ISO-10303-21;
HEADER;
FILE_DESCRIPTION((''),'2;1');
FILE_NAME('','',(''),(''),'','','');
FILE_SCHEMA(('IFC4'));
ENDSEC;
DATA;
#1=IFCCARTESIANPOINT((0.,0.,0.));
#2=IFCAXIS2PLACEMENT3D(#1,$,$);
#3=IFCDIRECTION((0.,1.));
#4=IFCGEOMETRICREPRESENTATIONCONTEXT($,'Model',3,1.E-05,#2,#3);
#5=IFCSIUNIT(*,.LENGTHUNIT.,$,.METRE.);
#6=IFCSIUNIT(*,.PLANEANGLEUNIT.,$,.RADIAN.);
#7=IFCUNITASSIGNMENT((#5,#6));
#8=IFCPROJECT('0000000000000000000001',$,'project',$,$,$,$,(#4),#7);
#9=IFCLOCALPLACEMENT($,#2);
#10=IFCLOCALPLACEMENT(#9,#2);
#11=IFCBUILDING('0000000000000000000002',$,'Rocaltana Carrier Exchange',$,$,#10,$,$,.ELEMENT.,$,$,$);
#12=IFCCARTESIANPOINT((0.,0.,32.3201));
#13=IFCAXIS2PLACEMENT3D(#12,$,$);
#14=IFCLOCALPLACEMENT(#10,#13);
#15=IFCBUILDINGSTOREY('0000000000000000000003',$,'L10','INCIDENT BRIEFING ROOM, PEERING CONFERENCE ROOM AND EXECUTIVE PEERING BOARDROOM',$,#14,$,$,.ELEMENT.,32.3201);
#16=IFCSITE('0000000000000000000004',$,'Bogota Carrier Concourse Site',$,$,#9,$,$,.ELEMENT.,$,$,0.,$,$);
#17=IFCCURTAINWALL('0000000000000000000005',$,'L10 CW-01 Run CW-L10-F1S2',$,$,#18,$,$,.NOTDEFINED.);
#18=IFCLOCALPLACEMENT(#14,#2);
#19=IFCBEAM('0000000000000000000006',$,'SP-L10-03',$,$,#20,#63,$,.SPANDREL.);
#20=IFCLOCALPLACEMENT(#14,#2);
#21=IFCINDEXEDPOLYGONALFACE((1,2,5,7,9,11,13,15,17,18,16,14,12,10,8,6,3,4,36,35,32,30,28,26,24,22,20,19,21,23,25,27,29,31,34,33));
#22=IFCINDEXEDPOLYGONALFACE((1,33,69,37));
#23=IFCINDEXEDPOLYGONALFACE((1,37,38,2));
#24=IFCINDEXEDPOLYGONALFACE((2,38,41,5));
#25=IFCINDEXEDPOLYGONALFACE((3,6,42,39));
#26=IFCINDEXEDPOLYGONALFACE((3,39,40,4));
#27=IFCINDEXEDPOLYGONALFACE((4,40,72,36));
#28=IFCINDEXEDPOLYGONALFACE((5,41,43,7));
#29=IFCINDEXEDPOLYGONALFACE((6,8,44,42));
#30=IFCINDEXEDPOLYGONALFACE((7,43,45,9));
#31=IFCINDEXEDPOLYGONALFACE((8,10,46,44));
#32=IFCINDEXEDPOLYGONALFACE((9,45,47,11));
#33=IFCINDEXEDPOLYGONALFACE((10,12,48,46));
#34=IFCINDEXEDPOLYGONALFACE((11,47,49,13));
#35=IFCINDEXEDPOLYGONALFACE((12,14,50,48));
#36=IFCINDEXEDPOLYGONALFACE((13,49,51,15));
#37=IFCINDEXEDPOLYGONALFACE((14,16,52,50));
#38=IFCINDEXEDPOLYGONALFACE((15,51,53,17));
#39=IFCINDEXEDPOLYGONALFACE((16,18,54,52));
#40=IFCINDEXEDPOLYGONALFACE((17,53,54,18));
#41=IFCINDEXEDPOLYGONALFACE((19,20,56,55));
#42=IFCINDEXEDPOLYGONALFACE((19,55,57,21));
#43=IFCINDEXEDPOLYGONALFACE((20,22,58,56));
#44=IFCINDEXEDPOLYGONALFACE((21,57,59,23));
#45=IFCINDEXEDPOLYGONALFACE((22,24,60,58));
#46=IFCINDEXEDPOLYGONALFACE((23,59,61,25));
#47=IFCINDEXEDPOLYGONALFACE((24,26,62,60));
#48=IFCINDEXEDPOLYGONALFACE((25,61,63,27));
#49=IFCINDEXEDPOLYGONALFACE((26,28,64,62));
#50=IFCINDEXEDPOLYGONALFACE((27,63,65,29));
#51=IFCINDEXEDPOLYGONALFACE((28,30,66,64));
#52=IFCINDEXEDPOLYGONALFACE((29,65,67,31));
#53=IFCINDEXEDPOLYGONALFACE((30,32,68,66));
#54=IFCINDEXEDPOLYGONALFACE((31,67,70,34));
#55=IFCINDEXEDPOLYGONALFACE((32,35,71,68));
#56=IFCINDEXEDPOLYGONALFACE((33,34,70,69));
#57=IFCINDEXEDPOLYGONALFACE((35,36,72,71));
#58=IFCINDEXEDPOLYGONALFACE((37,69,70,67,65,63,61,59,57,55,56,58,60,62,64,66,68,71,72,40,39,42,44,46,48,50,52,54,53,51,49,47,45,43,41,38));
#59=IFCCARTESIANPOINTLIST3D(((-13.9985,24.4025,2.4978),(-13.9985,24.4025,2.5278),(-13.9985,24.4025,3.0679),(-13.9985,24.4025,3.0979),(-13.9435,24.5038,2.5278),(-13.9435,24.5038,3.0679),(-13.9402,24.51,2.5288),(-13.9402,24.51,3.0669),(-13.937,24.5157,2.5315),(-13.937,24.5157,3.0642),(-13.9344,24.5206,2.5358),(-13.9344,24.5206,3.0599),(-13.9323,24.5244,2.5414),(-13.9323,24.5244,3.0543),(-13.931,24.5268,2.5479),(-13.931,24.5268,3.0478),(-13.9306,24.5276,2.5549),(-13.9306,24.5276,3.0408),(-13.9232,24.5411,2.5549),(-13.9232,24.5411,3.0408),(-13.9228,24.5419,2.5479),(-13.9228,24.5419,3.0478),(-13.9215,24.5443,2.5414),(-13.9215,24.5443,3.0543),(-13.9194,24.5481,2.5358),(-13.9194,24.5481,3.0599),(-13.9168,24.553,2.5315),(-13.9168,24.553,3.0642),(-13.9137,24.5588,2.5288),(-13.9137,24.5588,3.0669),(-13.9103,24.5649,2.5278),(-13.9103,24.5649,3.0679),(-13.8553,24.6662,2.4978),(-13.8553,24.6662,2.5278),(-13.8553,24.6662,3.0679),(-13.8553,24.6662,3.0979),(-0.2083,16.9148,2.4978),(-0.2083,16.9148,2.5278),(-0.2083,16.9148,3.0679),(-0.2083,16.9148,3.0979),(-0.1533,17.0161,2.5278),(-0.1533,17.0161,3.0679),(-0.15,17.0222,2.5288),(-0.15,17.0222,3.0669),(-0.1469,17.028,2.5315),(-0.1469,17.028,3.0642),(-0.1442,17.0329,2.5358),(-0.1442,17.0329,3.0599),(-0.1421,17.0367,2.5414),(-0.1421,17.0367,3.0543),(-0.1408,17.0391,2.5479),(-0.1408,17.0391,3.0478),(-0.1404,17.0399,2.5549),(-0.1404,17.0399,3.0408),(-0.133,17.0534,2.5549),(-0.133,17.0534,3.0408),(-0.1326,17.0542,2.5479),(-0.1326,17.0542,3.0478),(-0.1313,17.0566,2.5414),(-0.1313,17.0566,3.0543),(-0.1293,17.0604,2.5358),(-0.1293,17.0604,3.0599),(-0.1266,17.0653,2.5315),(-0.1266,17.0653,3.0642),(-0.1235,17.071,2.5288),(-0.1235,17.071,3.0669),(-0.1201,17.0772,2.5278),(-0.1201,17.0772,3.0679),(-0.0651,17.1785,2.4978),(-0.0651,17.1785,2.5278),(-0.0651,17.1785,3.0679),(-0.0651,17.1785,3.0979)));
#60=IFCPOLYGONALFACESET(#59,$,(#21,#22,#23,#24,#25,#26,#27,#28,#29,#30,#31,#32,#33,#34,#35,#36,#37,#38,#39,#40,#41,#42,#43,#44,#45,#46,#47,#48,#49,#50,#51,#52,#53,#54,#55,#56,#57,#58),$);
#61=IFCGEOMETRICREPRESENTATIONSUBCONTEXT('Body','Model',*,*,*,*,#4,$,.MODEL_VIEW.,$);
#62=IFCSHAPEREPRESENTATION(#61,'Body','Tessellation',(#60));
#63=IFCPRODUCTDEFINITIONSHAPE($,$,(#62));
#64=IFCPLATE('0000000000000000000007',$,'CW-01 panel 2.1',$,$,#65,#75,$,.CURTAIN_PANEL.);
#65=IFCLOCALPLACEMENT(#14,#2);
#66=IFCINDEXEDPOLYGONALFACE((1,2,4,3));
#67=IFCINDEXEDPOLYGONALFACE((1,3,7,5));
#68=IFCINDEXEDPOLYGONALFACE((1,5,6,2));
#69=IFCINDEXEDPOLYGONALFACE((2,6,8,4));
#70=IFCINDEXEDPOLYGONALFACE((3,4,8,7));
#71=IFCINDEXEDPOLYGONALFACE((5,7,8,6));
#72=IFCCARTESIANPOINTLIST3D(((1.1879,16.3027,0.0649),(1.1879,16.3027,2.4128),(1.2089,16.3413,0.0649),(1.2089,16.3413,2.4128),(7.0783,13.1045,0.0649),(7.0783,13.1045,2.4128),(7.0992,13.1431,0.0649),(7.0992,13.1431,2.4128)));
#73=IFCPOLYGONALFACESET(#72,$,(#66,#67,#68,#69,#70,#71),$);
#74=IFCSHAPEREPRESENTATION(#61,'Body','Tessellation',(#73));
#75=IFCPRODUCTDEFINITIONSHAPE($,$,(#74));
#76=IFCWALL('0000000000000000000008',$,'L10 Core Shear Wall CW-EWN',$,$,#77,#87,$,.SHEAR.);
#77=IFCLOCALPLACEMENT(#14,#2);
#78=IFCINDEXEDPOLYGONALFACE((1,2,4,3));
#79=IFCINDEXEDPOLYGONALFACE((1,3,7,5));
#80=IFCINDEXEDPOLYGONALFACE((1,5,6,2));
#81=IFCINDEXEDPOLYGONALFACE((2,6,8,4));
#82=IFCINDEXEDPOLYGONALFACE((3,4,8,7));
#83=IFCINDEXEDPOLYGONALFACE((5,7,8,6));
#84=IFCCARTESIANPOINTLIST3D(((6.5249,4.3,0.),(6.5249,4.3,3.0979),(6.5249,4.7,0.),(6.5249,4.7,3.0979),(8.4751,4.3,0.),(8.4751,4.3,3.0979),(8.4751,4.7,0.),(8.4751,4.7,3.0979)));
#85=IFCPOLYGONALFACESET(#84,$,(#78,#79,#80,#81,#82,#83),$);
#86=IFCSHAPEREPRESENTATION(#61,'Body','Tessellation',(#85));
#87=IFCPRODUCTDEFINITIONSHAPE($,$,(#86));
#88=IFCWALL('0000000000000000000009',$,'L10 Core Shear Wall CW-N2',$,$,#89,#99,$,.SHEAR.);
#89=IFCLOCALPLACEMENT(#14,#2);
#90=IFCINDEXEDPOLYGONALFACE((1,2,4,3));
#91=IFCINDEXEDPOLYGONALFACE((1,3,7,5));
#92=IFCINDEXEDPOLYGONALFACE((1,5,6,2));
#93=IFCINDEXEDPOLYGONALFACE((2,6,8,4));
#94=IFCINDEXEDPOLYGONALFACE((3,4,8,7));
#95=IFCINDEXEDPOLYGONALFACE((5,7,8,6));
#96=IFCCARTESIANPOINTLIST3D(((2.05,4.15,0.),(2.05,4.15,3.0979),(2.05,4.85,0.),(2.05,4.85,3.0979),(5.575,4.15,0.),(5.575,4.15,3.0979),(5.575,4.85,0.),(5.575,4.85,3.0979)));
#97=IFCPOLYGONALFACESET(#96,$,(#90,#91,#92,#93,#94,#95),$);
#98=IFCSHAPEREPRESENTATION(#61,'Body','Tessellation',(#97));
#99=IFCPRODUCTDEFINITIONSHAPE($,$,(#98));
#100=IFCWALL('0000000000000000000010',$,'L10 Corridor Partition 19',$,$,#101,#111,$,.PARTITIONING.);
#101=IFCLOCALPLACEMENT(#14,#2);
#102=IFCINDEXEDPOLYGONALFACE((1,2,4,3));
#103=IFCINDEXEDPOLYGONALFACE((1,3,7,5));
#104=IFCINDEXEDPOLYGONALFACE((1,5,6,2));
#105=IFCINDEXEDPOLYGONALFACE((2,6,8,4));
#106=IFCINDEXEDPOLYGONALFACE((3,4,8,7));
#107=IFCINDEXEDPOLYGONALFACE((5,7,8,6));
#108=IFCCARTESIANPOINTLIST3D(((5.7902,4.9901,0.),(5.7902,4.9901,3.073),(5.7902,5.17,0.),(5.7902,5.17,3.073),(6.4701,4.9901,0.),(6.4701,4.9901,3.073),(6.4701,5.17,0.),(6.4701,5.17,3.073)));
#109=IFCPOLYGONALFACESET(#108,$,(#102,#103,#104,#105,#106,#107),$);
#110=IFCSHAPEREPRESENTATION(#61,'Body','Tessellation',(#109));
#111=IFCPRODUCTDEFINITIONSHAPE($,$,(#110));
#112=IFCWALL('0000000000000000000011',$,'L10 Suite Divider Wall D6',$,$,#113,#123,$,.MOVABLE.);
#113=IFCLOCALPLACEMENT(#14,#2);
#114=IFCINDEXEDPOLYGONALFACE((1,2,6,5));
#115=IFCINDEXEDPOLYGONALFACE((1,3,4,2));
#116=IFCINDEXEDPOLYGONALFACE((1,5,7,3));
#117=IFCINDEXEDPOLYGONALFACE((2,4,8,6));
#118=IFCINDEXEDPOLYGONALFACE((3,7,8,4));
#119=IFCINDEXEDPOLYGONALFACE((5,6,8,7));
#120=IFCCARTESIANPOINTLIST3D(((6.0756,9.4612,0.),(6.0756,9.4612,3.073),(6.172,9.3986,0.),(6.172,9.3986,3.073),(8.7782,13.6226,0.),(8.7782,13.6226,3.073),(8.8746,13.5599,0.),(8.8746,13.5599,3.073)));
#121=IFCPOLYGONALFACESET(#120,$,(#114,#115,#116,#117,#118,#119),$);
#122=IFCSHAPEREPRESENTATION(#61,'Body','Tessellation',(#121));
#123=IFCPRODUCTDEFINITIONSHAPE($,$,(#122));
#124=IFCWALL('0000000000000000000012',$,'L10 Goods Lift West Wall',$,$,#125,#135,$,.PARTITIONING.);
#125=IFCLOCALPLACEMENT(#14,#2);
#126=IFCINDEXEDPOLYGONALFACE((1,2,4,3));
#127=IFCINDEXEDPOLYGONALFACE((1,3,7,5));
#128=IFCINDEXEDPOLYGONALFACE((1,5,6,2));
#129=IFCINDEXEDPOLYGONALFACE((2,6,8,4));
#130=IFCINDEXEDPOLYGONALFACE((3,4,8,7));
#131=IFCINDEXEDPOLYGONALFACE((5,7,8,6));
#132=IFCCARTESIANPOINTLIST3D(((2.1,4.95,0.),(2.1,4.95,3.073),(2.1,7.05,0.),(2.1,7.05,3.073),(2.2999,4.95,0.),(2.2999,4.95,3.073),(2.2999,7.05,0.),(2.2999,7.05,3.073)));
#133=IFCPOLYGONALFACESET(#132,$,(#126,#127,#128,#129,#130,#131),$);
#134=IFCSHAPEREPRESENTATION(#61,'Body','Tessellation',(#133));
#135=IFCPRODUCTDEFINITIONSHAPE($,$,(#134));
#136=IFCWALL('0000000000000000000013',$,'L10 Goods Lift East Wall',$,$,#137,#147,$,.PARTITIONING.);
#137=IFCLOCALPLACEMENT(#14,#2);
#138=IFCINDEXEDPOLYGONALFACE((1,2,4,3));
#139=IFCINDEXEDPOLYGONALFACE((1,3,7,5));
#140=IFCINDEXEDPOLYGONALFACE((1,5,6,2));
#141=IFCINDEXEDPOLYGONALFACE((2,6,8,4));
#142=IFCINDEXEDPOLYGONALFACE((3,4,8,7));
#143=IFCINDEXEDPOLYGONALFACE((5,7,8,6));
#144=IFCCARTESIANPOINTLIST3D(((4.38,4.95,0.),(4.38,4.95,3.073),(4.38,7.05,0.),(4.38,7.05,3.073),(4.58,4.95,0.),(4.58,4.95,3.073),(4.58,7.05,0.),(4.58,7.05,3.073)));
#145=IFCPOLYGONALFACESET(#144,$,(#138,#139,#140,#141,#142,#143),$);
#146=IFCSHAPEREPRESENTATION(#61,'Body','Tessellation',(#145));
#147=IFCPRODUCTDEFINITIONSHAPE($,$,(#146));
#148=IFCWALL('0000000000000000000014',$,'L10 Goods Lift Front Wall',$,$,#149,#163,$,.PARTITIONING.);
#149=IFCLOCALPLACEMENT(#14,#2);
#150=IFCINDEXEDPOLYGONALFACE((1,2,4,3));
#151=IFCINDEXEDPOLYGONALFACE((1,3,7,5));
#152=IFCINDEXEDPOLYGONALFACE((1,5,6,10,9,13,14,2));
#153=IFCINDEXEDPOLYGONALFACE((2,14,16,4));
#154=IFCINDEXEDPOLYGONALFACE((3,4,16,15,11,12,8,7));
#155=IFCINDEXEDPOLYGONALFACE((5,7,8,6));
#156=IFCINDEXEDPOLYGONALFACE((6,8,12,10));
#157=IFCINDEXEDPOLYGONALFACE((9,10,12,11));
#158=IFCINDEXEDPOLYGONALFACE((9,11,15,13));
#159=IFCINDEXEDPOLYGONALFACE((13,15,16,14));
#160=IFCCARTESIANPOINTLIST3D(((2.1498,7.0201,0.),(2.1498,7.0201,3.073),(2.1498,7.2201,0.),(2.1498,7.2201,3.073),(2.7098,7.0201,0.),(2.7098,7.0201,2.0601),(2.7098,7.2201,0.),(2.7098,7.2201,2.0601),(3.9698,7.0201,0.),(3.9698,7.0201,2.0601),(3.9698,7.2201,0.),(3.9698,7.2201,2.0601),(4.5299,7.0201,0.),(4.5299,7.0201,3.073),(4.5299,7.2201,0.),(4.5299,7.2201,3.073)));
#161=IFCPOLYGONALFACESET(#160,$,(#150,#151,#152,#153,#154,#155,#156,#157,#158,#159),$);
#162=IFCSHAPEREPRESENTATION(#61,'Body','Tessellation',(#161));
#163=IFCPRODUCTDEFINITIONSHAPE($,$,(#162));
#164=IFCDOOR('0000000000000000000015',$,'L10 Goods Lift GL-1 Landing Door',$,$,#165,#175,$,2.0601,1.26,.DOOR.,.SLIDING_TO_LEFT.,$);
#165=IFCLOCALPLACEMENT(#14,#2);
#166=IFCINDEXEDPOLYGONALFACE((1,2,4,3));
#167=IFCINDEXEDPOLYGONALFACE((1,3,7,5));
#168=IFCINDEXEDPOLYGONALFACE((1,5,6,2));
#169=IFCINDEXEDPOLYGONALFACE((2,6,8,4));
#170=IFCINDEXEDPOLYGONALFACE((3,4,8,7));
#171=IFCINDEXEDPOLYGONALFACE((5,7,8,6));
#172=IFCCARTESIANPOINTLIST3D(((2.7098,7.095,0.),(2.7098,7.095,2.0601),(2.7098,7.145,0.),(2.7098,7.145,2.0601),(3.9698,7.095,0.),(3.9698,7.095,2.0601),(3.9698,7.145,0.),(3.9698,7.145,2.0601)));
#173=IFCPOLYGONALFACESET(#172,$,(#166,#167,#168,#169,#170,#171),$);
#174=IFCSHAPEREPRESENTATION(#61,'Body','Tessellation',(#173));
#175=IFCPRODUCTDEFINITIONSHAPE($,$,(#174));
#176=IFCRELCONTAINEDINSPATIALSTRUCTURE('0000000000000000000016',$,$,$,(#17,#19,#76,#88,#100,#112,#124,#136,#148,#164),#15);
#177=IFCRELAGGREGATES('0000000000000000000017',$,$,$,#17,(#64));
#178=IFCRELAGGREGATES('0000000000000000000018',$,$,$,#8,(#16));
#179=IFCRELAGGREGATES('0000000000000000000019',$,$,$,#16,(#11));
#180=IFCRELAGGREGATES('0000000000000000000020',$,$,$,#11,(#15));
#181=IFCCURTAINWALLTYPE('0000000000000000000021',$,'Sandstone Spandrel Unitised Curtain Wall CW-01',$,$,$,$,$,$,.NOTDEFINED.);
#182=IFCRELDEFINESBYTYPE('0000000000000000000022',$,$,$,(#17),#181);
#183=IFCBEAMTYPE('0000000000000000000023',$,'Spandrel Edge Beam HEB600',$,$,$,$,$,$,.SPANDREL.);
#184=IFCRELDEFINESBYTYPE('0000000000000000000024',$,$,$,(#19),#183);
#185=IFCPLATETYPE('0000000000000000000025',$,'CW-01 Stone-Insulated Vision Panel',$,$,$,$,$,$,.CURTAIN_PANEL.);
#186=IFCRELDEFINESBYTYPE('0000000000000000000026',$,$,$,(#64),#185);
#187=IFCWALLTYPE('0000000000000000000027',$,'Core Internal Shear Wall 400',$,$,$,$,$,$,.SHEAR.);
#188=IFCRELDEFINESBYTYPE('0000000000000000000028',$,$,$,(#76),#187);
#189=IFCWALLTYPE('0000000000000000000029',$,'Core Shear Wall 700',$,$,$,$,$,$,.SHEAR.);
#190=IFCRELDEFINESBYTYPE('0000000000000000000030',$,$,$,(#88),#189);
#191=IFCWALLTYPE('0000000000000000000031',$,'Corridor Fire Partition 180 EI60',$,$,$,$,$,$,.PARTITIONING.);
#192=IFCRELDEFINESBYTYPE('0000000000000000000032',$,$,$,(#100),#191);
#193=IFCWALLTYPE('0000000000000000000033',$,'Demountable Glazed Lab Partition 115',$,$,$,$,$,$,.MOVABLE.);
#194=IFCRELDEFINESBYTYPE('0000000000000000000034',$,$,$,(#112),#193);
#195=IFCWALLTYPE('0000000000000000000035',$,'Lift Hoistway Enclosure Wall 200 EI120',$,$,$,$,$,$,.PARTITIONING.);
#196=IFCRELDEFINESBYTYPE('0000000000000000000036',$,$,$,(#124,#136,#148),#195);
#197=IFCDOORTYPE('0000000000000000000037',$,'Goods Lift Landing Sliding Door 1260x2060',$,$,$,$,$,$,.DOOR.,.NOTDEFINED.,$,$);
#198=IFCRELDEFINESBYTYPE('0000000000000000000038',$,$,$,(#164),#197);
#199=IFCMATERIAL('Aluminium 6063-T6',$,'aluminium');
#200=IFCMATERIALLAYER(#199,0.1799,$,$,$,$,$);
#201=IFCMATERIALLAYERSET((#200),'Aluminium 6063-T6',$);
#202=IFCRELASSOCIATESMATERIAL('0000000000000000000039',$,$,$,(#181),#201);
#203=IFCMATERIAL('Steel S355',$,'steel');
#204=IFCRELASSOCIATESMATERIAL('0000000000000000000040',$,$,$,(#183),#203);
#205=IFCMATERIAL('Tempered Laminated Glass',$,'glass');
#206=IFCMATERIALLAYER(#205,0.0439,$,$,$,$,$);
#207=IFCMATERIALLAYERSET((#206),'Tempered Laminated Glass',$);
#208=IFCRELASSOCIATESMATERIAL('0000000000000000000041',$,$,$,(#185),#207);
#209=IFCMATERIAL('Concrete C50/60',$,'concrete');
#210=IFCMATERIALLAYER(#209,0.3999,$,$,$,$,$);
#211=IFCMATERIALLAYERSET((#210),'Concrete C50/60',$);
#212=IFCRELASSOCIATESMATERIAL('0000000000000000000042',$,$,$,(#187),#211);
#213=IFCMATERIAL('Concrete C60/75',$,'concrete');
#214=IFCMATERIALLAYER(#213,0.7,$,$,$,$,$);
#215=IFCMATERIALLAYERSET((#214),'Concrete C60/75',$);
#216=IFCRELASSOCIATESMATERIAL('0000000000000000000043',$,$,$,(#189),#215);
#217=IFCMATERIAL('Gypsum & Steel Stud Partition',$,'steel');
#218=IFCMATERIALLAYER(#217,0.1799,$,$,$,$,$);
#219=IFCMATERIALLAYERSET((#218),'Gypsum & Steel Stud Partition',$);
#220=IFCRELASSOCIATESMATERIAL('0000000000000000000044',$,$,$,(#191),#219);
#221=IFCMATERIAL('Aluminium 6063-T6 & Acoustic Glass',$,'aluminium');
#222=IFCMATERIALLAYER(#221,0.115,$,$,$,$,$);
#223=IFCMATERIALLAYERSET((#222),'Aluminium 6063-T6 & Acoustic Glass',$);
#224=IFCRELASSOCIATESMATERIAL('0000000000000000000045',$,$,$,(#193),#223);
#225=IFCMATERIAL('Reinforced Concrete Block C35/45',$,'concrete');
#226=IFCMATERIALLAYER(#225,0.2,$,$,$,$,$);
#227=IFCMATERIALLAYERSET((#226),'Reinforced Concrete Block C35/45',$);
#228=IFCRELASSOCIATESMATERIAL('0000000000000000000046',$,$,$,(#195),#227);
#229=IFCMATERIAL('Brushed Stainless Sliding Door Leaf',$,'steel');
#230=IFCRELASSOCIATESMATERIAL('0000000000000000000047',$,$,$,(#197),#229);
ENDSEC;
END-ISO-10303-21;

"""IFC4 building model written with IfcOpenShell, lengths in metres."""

from ifc_helpers import new_model, si_unit, direction, frame, frame_2d, origin, origin_2d, place, context, subcontext, project, spatial, rectangle, i_section, extrude, material, layer, layer_set, material_profile, profile_set, type_object, element, fill, aggregate, save


model = new_model("IFC4")

# Units and contexts
model_context = context("Model", 3, precision=1e-05, world=origin(), true_north=direction((0.0, 1.0)))
body_context = subcontext(model_context, "Body", "Model", "MODEL_VIEW")
ifc_project = project(units=[si_unit("LENGTHUNIT", "METRE"), si_unit("PLANEANGLEUNIT", "RADIAN")], contexts=[model_context])

# Site, building, storey
site_placement = place(None, origin())
site = spatial("IfcSite", under=ifc_project, at=site_placement, Name="Bogota Carrier Concourse Site", CompositionType="ELEMENT", RefElevation=0.0)
building_placement = place(site_placement, origin())
building = spatial("IfcBuilding", under=site, at=building_placement, Name="Rocaltana Carrier Exchange", CompositionType="ELEMENT")
storey_placement = place(building_placement, frame((0.0, 0.0, 32.3201)))
storey = spatial("IfcBuildingStorey", under=building, at=storey_placement, Name="L10", Description="INCIDENT BRIEFING ROOM, PEERING CONFERENCE ROOM AND EXECUTIVE PEERING BOARDROOM", CompositionType="ELEMENT", Elevation=32.3201)

# Curtain wall
ifc_material_1 = material(Name="Aluminium 6063-T6", Category="aluminium")
ifc_layer_1 = layer(ifc_material_1, 0.1799)
ifc_layer_set_1 = layer_set([ifc_layer_1], Name="Aluminium 6063-T6")
curtain_wall_type = type_object("IfcCurtainWallType", Name="Sandstone Spandrel Unitised Curtain Wall CW-01", PredefinedType="NOTDEFINED", material=ifc_layer_set_1)
curtain_wall_1_placement = place(storey_placement, origin())
curtain_wall_1 = element("IfcCurtainWall", 1, at=curtain_wall_1_placement, inside=storey, type_object=curtain_wall_type, Name="L10 CW-01 Run CW-L10-F1S2", PredefinedType="NOTDEFINED")

# Beam
ifc_material_2 = material(Name="Steel S355", Category="steel")
ifc_material_profile_1 = material_profile(ifc_material_2, i_section(OverallWidth=0.3, OverallDepth=0.6001, WebThickness=0.0154, FlangeThickness=0.03, FilletRadius=0.0271, at=origin_2d()), Name="HEB600")
ifc_profile_set_1 = profile_set([ifc_material_profile_1], Name="Steel S355")
beam_type_1 = type_object("IfcBeamType", Name="Spandrel Edge Beam HEB600", PredefinedType="SPANDREL", material=ifc_profile_set_1)
beam_1_placement = place(storey_placement, frame((-0.1367, 17.0466, 2.7979), z_axis=(-0.87881, 0.477173, 0.0), x_axis=(-0.477173, -0.87881, 0.0)))
element("IfcBeam", 2, at=beam_1_placement, inside=storey, type_object=beam_type_1, Name="SP-L10-03", PredefinedType="SPANDREL", context=body_context, shape_type="SweptSolid", body=[
    extrude(i_section(OverallWidth=0.3, OverallDepth=0.6001, WebThickness=0.0154, FlangeThickness=0.03, FilletRadius=0.0271, at=origin_2d()), origin(), (0.0, 0.0, 1.0), 15.6919),
])

# Plate
ifc_material_3 = material(Name="Tempered Laminated Glass", Category="glass")
ifc_layer_2 = layer(ifc_material_3, 0.0439)
ifc_layer_set_2 = layer_set([ifc_layer_2], Name="Tempered Laminated Glass")
plate_type = type_object("IfcPlateType", Name="CW-01 Stone-Insulated Vision Panel", PredefinedType="CURTAIN_PANEL", material=ifc_layer_set_2)
plate_placement = place(storey_placement, frame((4.1436, 14.7229, 0.0649), z_axis=(0.0, 0.0, 1.0), x_axis=(-0.878814, 0.477164, 0.0)))
plate = element("IfcPlate", 3, at=plate_placement, type_object=plate_type, Name="CW-01 panel 2.1", PredefinedType="CURTAIN_PANEL", context=body_context, shape_type="SweptSolid", body=[
    extrude(rectangle(XDim=6.7026, YDim=0.0439, at=origin_2d()), origin(), (0.0, 0.0, 1.0), 2.3479),
])
aggregate(curtain_wall_1, [plate])

# Walls
ifc_material_4 = material(Name="Concrete C50/60", Category="concrete")
ifc_layer_3 = layer(ifc_material_4, 0.3999)
ifc_layer_set_3 = layer_set([ifc_layer_3], Name="Concrete C50/60")
wall_type_1 = type_object("IfcWallType", Name="Core Internal Shear Wall 400", PredefinedType="SHEAR", material=ifc_layer_set_3)
wall_1_placement = place(storey_placement, frame((6.5249, 4.5, 0.0), z_axis=(0.0, 0.0, 1.0), x_axis=(1.0, 0.0, 0.0)))
element("IfcWall", 4, at=wall_1_placement, inside=storey, type_object=wall_type_1, Name="L10 Core Shear Wall CW-EWN", PredefinedType="SHEAR", context=body_context, shape_type="SweptSolid", body=[
    extrude(rectangle(XDim=1.9502, YDim=0.3999, at=frame_2d((0.9751, 0.0))), origin(), (0.0, 0.0, 1.0), 3.0979),
])
ifc_material_5 = material(Name="Concrete C60/75", Category="concrete")
ifc_layer_4 = layer(ifc_material_5, 0.7)
ifc_layer_set_4 = layer_set([ifc_layer_4], Name="Concrete C60/75")
wall_type_2 = type_object("IfcWallType", Name="Core Shear Wall 700", PredefinedType="SHEAR", material=ifc_layer_set_4)
wall_2_placement = place(storey_placement, frame((2.05, 4.5, 0.0), z_axis=(0.0, 0.0, 1.0), x_axis=(1.0, 0.0, 0.0)))
element("IfcWall", 5, at=wall_2_placement, inside=storey, type_object=wall_type_2, Name="L10 Core Shear Wall CW-N2", PredefinedType="SHEAR", context=body_context, shape_type="SweptSolid", body=[
    extrude(rectangle(XDim=3.5249, YDim=0.7, at=frame_2d((1.7625, 0.0))), origin(), (0.0, 0.0, 1.0), 3.0979),
])
ifc_material_6 = material(Name="Gypsum & Steel Stud Partition", Category="steel")
ifc_layer_5 = layer(ifc_material_6, 0.1799)
ifc_layer_set_5 = layer_set([ifc_layer_5], Name="Gypsum & Steel Stud Partition")
wall_type_3 = type_object("IfcWallType", Name="Corridor Fire Partition 180 EI60", PredefinedType="PARTITIONING", material=ifc_layer_set_5)
wall_3_placement = place(storey_placement, frame((6.47, 5.0801, 0.0), z_axis=(0.0, 0.0, 1.0), x_axis=(-1.0, 0.0, 0.0)))
element("IfcWall", 6, at=wall_3_placement, inside=storey, type_object=wall_type_3, Name="L10 Corridor Partition 19", PredefinedType="PARTITIONING", context=body_context, shape_type="SweptSolid", body=[
    extrude(rectangle(XDim=0.6799, YDim=0.1799, at=frame_2d((0.3398, 0.0))), origin(), (0.0, 0.0, 1.0), 3.073),
])
ifc_material_7 = material(Name="Aluminium 6063-T6 & Acoustic Glass", Category="aluminium")
ifc_layer_6 = layer(ifc_material_7, 0.115)
ifc_layer_set_6 = layer_set([ifc_layer_6], Name="Aluminium 6063-T6 & Acoustic Glass")
wall_type_4 = type_object("IfcWallType", Name="Demountable Glazed Lab Partition 115", PredefinedType="MOVABLE", material=ifc_layer_set_6)
wall_4_placement = place(storey_placement, frame((6.1238, 9.4299, 0.0), z_axis=(0.0, 0.0, 1.0), x_axis=(0.544668, 0.838652, 0.0)))
element("IfcWall", 7, at=wall_4_placement, inside=storey, type_object=wall_type_4, Name="L10 Suite Divider Wall D6", PredefinedType="MOVABLE", context=body_context, shape_type="SweptSolid", body=[
    extrude(rectangle(XDim=4.9619, YDim=0.115, at=frame_2d((2.481, 0.0))), origin(), (0.0, 0.0, 1.0), 3.073),
])
ifc_material_8 = material(Name="Reinforced Concrete Block C35/45", Category="concrete")
ifc_layer_7 = layer(ifc_material_8, 0.2)
ifc_layer_set_7 = layer_set([ifc_layer_7], Name="Reinforced Concrete Block C35/45")
wall_type_5 = type_object("IfcWallType", Name="Lift Hoistway Enclosure Wall 200 EI120", PredefinedType="PARTITIONING", material=ifc_layer_set_7)
for number, where, z_axis, x_axis, name in (
    (8, (2.2, 4.95, 0.0), (0.0, 0.0, 1.0), (0.0, 1.0, 0.0), "L10 Goods Lift West Wall"),
    (9, (4.48, 4.95, 0.0), (0.0, 0.0, 1.0), (0.0, 1.0, 0.0), "L10 Goods Lift East Wall"),
):
    element("IfcWall", number, at=place(storey_placement, frame(where, z_axis=z_axis, x_axis=x_axis)), inside=storey, type_object=wall_type_5, Name=name, PredefinedType="PARTITIONING", context=body_context, shape_type="SweptSolid", body=[
        extrude(rectangle(XDim=2.1001, YDim=0.2, at=frame_2d((1.05, 0.0))), origin(), (0.0, 0.0, 1.0), 3.073),
    ])

# Wall, opening, door
wall_5_placement = place(storey_placement, frame((2.1499, 7.1201, 0.0), z_axis=(0.0, 0.0, 1.0), x_axis=(1.0, 0.0, 0.0)))
wall_5 = element("IfcWall", 10, at=wall_5_placement, inside=storey, type_object=wall_type_5, Name="L10 Goods Lift Front Wall", PredefinedType="PARTITIONING", context=body_context, shape_type="SweptSolid", body=[
    extrude(rectangle(XDim=2.3801, YDim=0.2, at=frame_2d((1.1899, 0.0))), origin(), (0.0, 0.0, 1.0), 3.073),
])
opening_1_placement = place(wall_5_placement, frame((0.5601, 0.0, 0.0)))
opening_1 = element("IfcOpeningElement", 11, at=opening_1_placement, cuts=wall_5, PredefinedType="OPENING", context=body_context, shape_type="SweptSolid", body=[
    extrude(rectangle(XDim=1.26, YDim=2.0601, at=frame_2d((0.6299, 1.03))), frame((0.0, 0.1099, 0.0), z_axis=(0.0, -1.0, 0.0), x_axis=(1.0, 0.0, 0.0)), (0.0, 0.0, 1.0), 0.22),
])
ifc_material_9 = material(Name="Brushed Stainless Sliding Door Leaf", Category="steel")
door_type_1 = type_object("IfcDoorType", Name="Goods Lift Landing Sliding Door 1260x2060", OperationType="NOTDEFINED", PredefinedType="DOOR", material=ifc_material_9)
door_1_placement = place(opening_1_placement, origin())
door_1 = element("IfcDoor", 12, at=door_1_placement, inside=storey, type_object=door_type_1, Name="L10 Goods Lift GL-1 Landing Door", OperationType="SLIDING_TO_LEFT", OverallHeight=2.0601, OverallWidth=1.26, PredefinedType="DOOR", context=body_context, shape_type="SweptSolid", body=[
    extrude(rectangle(XDim=1.26, YDim=2.0601, at=frame_2d((0.6299, 1.03))), frame((0.0, 0.0249, 0.0), z_axis=(0.0, -1.0, 0.0), x_axis=(1.0, 0.0, 0.0)), (0.0, 0.0, 1.0), 0.05),
])
fill(opening_1, door_1)

save(model, "model.ifc")
